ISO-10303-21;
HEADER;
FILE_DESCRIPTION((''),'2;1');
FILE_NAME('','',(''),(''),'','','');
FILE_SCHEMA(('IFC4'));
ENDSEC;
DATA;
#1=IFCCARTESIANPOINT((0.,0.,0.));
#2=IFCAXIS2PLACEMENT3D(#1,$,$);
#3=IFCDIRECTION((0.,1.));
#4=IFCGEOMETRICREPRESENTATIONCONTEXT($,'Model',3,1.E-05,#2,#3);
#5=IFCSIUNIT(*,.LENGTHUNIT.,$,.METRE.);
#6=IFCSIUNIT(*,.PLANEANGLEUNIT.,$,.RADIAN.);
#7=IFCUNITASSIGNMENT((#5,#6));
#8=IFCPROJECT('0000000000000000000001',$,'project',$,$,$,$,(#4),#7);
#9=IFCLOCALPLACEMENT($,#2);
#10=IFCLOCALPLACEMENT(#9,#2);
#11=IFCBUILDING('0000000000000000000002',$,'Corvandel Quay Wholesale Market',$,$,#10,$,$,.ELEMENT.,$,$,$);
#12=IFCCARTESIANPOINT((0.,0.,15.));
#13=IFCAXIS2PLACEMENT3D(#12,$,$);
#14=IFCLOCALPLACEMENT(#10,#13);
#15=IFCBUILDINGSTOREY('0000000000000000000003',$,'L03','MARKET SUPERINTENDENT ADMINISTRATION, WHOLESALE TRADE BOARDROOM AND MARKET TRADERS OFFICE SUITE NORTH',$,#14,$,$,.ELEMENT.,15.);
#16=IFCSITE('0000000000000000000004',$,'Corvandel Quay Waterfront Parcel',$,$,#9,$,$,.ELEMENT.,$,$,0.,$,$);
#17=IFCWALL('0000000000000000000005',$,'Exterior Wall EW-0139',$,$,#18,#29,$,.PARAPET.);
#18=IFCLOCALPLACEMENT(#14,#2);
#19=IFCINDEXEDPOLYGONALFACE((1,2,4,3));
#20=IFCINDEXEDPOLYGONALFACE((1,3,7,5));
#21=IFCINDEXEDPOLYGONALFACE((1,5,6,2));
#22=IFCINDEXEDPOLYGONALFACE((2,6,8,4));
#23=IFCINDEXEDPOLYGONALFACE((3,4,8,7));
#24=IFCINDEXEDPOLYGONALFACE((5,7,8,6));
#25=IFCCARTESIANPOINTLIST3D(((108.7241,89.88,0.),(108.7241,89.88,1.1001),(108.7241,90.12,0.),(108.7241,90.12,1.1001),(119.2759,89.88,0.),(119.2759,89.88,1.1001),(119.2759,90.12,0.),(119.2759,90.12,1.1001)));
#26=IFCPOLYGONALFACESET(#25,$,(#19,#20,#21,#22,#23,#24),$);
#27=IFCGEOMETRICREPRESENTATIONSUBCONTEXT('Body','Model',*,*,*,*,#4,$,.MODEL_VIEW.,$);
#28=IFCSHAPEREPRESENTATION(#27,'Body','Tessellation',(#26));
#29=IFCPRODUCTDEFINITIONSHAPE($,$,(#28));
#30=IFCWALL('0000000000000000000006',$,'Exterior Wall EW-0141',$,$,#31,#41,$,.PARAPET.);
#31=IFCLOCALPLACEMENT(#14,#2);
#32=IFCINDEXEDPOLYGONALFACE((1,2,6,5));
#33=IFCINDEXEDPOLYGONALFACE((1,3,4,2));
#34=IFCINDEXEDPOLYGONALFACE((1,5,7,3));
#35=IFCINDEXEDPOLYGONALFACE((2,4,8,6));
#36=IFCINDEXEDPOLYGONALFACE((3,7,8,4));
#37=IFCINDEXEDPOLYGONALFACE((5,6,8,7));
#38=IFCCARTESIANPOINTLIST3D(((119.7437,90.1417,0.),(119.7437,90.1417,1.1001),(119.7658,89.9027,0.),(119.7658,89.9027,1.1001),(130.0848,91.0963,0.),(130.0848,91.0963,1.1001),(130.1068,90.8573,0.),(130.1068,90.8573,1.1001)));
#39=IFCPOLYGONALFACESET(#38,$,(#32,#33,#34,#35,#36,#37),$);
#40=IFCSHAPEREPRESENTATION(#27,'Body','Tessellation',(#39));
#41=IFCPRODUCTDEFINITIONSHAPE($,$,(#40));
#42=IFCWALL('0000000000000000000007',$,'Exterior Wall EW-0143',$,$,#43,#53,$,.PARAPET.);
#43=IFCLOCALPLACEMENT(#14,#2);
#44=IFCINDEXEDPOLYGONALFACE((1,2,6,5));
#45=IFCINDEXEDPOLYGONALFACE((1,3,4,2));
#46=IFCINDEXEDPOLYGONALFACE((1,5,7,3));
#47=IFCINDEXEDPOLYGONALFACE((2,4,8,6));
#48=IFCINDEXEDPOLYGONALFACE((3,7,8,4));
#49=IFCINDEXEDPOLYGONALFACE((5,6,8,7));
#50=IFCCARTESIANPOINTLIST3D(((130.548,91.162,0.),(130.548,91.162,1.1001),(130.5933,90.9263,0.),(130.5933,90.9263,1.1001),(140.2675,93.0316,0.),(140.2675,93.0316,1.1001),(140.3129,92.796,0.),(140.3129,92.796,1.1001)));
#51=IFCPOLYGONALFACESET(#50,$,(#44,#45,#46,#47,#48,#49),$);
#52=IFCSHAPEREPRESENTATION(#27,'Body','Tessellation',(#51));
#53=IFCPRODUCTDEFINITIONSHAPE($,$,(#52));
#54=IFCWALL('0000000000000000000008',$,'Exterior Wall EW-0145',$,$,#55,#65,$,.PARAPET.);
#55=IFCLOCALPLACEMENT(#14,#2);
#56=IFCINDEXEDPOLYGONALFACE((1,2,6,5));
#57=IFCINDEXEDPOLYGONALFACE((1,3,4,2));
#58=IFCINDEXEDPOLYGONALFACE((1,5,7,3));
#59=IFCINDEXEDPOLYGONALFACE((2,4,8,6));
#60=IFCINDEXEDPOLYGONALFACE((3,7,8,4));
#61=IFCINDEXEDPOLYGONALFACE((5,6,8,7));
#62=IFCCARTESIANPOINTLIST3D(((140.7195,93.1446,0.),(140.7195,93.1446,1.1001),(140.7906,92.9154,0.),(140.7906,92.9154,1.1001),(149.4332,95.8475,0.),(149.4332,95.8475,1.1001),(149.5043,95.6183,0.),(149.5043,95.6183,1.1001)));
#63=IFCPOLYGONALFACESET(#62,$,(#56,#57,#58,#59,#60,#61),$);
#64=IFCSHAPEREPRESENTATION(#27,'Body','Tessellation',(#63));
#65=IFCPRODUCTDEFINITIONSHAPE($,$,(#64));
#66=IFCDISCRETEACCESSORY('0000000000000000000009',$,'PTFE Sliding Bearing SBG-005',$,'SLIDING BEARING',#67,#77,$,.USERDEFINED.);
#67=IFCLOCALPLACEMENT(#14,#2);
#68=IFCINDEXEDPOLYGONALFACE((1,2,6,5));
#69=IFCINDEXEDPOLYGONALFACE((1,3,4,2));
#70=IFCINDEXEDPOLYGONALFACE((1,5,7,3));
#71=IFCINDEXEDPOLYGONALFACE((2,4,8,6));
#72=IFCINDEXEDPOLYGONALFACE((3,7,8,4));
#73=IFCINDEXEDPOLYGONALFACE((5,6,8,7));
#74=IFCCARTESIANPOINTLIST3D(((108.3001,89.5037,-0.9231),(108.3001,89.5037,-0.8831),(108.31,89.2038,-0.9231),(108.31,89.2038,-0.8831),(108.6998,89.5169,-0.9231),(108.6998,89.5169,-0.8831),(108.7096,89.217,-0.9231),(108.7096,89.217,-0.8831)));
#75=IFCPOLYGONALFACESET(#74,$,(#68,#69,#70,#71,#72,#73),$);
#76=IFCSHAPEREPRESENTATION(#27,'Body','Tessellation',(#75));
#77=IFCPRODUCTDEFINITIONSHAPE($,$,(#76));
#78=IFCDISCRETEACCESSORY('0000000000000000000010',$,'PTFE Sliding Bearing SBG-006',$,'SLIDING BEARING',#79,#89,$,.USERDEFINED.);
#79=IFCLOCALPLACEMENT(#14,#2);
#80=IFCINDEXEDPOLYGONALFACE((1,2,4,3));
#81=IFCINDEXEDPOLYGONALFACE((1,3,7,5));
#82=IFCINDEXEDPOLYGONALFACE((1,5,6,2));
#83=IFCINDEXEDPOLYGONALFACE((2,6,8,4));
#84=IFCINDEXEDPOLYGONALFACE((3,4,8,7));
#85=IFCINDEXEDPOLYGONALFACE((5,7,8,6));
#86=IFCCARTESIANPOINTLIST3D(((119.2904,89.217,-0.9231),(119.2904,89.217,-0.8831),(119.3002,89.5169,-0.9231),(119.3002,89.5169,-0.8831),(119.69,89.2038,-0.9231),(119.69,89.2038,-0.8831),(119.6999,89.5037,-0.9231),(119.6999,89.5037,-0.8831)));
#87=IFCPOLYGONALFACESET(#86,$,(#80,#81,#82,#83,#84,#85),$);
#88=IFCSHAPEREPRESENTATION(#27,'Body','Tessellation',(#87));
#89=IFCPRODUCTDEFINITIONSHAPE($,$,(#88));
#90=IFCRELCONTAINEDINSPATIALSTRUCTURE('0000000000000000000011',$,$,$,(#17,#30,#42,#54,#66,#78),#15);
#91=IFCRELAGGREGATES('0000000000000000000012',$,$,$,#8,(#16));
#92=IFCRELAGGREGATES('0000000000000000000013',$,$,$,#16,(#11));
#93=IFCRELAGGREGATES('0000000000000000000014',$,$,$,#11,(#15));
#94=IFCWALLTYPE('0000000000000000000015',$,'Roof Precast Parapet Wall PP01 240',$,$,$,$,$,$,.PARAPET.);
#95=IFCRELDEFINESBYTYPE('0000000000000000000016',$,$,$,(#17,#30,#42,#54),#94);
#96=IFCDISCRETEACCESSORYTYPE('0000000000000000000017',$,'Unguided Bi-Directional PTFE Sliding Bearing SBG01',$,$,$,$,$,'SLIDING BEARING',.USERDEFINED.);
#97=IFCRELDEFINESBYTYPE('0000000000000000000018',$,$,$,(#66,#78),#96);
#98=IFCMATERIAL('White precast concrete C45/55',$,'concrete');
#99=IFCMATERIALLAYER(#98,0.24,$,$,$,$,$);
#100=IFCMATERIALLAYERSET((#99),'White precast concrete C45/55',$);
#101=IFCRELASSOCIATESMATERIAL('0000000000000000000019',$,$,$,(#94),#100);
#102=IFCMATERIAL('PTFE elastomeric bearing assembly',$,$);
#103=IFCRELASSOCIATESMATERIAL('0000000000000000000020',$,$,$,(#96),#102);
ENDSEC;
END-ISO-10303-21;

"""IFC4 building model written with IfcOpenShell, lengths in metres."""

from ifc_helpers import new_model, si_unit, direction, frame, frame_2d, origin, origin_2d, place, context, subcontext, project, spatial, rectangle, extrude, material, layer, layer_set, type_object, element, save


model = new_model("IFC4")

# Units and contexts
model_context = context("Model", 3, precision=1e-05, world=origin(), true_north=direction((0.0, 1.0)))
body_context = subcontext(model_context, "Body", "Model", "MODEL_VIEW")
ifc_project = project(units=[si_unit("LENGTHUNIT", "METRE"), si_unit("PLANEANGLEUNIT", "RADIAN")], contexts=[model_context])

# Site, building, storey
site_placement = place(None, origin())
site = spatial("IfcSite", under=ifc_project, at=site_placement, Name="Corvandel Quay Waterfront Parcel", CompositionType="ELEMENT", RefElevation=0.0)
building_placement = place(site_placement, origin())
building = spatial("IfcBuilding", under=site, at=building_placement, Name="Corvandel Quay Wholesale Market", CompositionType="ELEMENT")
storey_placement = place(building_placement, frame((0.0, 0.0, 15.0)))
storey = spatial("IfcBuildingStorey", under=building, at=storey_placement, Name="L03", Description="MARKET SUPERINTENDENT ADMINISTRATION, WHOLESALE TRADE BOARDROOM AND MARKET TRADERS OFFICE SUITE NORTH", CompositionType="ELEMENT", Elevation=15.0)

# Walls
ifc_material_1 = material(Name="White precast concrete C45/55", Category="concrete")
ifc_layer = layer(ifc_material_1, 0.24)
ifc_layer_set = layer_set([ifc_layer], Name="White precast concrete C45/55")
wall_type = type_object("IfcWallType", Name="Roof Precast Parapet Wall PP01 240", PredefinedType="PARAPET", material=ifc_layer_set)
wall_1_placement = place(storey_placement, frame((108.7241, 90.0, 0.0), z_axis=(0.0, 0.0, 1.0), x_axis=(1.0, 0.0, 0.0)))
element("IfcWall", 1, at=wall_1_placement, inside=storey, type_object=wall_type, Name="Exterior Wall EW-0139", PredefinedType="PARAPET", context=body_context, shape_type="SweptSolid", body=[
    extrude(rectangle(XDim=10.5518, YDim=0.24, at=frame_2d((5.2759, 0.0))), origin(), (0.0, 0.0, 1.0), 1.1001),
])
wall_2_placement = place(storey_placement, frame((119.7549, 90.0222, 0.0), z_axis=(0.0, 0.0, 1.0), x_axis=(0.995766, 0.09192, 0.0)))
element("IfcWall", 2, at=wall_2_placement, inside=storey, type_object=wall_type, Name="Exterior Wall EW-0141", PredefinedType="PARAPET", context=body_context, shape_type="SweptSolid", body=[
    extrude(rectangle(XDim=10.385, YDim=0.24, at=frame_2d((5.1924, 0.0))), origin(), (0.0, 0.0, 1.0), 1.1001),
])
wall_3_placement = place(storey_placement, frame((130.5708, 91.0442, 0.0), z_axis=(0.0, 0.0, 1.0), x_axis=(0.981997, 0.188896, 0.0)))
element("IfcWall", 3, at=wall_3_placement, inside=storey, type_object=wall_type, Name="Exterior Wall EW-0143", PredefinedType="PARAPET", context=body_context, shape_type="SweptSolid", body=[
    extrude(rectangle(XDim=9.8977, YDim=0.24, at=frame_2d((4.9487, 0.0))), origin(), (0.0, 0.0, 1.0), 1.1001),
])
wall_4_placement = place(storey_placement, frame((140.7551, 93.03, 0.0), z_axis=(0.0, 0.0, 1.0), x_axis=(0.955106, 0.296265, 0.0)))
element("IfcWall", 4, at=wall_4_placement, inside=storey, type_object=wall_type, Name="Exterior Wall EW-0145", PredefinedType="PARAPET", context=body_context, shape_type="SweptSolid", body=[
    extrude(rectangle(XDim=9.1233, YDim=0.24, at=frame_2d((4.5615, 0.0))), origin(), (0.0, 0.0, 1.0), 1.1001),
])

# Discrete accessories
ifc_material_2 = material(Name="PTFE elastomeric bearing assembly")
discrete_accessory_type = type_object("IfcDiscreteAccessoryType", Name="Unguided Bi-Directional PTFE Sliding Bearing SBG01", ElementType="SLIDING BEARING", PredefinedType="USERDEFINED", material=ifc_material_2)
for number, where, z_axis, x_axis, name in (
    (5, (108.5049, 89.3604, -0.9231), (0.0, 0.0, 1.0), (-0.032806, 0.999462, 0.0), "PTFE Sliding Bearing SBG-005"),
    (6, (119.4951, 89.3604, -0.9231), (0.0, 0.0, 1.0), (0.032806, 0.999462, 0.0), "PTFE Sliding Bearing SBG-006"),
):
    element("IfcDiscreteAccessory", number, at=place(storey_placement, frame(where, z_axis=z_axis, x_axis=x_axis)), inside=storey, type_object=discrete_accessory_type, Name=name, ObjectType="SLIDING BEARING", PredefinedType="USERDEFINED", context=body_context, shape_type="SweptSolid", body=[
        extrude(rectangle(XDim=0.3, YDim=0.3999, at=origin_2d()), origin(), (0.0, 0.0, 1.0), 0.04),
    ])

save(model, "model.ifc")
